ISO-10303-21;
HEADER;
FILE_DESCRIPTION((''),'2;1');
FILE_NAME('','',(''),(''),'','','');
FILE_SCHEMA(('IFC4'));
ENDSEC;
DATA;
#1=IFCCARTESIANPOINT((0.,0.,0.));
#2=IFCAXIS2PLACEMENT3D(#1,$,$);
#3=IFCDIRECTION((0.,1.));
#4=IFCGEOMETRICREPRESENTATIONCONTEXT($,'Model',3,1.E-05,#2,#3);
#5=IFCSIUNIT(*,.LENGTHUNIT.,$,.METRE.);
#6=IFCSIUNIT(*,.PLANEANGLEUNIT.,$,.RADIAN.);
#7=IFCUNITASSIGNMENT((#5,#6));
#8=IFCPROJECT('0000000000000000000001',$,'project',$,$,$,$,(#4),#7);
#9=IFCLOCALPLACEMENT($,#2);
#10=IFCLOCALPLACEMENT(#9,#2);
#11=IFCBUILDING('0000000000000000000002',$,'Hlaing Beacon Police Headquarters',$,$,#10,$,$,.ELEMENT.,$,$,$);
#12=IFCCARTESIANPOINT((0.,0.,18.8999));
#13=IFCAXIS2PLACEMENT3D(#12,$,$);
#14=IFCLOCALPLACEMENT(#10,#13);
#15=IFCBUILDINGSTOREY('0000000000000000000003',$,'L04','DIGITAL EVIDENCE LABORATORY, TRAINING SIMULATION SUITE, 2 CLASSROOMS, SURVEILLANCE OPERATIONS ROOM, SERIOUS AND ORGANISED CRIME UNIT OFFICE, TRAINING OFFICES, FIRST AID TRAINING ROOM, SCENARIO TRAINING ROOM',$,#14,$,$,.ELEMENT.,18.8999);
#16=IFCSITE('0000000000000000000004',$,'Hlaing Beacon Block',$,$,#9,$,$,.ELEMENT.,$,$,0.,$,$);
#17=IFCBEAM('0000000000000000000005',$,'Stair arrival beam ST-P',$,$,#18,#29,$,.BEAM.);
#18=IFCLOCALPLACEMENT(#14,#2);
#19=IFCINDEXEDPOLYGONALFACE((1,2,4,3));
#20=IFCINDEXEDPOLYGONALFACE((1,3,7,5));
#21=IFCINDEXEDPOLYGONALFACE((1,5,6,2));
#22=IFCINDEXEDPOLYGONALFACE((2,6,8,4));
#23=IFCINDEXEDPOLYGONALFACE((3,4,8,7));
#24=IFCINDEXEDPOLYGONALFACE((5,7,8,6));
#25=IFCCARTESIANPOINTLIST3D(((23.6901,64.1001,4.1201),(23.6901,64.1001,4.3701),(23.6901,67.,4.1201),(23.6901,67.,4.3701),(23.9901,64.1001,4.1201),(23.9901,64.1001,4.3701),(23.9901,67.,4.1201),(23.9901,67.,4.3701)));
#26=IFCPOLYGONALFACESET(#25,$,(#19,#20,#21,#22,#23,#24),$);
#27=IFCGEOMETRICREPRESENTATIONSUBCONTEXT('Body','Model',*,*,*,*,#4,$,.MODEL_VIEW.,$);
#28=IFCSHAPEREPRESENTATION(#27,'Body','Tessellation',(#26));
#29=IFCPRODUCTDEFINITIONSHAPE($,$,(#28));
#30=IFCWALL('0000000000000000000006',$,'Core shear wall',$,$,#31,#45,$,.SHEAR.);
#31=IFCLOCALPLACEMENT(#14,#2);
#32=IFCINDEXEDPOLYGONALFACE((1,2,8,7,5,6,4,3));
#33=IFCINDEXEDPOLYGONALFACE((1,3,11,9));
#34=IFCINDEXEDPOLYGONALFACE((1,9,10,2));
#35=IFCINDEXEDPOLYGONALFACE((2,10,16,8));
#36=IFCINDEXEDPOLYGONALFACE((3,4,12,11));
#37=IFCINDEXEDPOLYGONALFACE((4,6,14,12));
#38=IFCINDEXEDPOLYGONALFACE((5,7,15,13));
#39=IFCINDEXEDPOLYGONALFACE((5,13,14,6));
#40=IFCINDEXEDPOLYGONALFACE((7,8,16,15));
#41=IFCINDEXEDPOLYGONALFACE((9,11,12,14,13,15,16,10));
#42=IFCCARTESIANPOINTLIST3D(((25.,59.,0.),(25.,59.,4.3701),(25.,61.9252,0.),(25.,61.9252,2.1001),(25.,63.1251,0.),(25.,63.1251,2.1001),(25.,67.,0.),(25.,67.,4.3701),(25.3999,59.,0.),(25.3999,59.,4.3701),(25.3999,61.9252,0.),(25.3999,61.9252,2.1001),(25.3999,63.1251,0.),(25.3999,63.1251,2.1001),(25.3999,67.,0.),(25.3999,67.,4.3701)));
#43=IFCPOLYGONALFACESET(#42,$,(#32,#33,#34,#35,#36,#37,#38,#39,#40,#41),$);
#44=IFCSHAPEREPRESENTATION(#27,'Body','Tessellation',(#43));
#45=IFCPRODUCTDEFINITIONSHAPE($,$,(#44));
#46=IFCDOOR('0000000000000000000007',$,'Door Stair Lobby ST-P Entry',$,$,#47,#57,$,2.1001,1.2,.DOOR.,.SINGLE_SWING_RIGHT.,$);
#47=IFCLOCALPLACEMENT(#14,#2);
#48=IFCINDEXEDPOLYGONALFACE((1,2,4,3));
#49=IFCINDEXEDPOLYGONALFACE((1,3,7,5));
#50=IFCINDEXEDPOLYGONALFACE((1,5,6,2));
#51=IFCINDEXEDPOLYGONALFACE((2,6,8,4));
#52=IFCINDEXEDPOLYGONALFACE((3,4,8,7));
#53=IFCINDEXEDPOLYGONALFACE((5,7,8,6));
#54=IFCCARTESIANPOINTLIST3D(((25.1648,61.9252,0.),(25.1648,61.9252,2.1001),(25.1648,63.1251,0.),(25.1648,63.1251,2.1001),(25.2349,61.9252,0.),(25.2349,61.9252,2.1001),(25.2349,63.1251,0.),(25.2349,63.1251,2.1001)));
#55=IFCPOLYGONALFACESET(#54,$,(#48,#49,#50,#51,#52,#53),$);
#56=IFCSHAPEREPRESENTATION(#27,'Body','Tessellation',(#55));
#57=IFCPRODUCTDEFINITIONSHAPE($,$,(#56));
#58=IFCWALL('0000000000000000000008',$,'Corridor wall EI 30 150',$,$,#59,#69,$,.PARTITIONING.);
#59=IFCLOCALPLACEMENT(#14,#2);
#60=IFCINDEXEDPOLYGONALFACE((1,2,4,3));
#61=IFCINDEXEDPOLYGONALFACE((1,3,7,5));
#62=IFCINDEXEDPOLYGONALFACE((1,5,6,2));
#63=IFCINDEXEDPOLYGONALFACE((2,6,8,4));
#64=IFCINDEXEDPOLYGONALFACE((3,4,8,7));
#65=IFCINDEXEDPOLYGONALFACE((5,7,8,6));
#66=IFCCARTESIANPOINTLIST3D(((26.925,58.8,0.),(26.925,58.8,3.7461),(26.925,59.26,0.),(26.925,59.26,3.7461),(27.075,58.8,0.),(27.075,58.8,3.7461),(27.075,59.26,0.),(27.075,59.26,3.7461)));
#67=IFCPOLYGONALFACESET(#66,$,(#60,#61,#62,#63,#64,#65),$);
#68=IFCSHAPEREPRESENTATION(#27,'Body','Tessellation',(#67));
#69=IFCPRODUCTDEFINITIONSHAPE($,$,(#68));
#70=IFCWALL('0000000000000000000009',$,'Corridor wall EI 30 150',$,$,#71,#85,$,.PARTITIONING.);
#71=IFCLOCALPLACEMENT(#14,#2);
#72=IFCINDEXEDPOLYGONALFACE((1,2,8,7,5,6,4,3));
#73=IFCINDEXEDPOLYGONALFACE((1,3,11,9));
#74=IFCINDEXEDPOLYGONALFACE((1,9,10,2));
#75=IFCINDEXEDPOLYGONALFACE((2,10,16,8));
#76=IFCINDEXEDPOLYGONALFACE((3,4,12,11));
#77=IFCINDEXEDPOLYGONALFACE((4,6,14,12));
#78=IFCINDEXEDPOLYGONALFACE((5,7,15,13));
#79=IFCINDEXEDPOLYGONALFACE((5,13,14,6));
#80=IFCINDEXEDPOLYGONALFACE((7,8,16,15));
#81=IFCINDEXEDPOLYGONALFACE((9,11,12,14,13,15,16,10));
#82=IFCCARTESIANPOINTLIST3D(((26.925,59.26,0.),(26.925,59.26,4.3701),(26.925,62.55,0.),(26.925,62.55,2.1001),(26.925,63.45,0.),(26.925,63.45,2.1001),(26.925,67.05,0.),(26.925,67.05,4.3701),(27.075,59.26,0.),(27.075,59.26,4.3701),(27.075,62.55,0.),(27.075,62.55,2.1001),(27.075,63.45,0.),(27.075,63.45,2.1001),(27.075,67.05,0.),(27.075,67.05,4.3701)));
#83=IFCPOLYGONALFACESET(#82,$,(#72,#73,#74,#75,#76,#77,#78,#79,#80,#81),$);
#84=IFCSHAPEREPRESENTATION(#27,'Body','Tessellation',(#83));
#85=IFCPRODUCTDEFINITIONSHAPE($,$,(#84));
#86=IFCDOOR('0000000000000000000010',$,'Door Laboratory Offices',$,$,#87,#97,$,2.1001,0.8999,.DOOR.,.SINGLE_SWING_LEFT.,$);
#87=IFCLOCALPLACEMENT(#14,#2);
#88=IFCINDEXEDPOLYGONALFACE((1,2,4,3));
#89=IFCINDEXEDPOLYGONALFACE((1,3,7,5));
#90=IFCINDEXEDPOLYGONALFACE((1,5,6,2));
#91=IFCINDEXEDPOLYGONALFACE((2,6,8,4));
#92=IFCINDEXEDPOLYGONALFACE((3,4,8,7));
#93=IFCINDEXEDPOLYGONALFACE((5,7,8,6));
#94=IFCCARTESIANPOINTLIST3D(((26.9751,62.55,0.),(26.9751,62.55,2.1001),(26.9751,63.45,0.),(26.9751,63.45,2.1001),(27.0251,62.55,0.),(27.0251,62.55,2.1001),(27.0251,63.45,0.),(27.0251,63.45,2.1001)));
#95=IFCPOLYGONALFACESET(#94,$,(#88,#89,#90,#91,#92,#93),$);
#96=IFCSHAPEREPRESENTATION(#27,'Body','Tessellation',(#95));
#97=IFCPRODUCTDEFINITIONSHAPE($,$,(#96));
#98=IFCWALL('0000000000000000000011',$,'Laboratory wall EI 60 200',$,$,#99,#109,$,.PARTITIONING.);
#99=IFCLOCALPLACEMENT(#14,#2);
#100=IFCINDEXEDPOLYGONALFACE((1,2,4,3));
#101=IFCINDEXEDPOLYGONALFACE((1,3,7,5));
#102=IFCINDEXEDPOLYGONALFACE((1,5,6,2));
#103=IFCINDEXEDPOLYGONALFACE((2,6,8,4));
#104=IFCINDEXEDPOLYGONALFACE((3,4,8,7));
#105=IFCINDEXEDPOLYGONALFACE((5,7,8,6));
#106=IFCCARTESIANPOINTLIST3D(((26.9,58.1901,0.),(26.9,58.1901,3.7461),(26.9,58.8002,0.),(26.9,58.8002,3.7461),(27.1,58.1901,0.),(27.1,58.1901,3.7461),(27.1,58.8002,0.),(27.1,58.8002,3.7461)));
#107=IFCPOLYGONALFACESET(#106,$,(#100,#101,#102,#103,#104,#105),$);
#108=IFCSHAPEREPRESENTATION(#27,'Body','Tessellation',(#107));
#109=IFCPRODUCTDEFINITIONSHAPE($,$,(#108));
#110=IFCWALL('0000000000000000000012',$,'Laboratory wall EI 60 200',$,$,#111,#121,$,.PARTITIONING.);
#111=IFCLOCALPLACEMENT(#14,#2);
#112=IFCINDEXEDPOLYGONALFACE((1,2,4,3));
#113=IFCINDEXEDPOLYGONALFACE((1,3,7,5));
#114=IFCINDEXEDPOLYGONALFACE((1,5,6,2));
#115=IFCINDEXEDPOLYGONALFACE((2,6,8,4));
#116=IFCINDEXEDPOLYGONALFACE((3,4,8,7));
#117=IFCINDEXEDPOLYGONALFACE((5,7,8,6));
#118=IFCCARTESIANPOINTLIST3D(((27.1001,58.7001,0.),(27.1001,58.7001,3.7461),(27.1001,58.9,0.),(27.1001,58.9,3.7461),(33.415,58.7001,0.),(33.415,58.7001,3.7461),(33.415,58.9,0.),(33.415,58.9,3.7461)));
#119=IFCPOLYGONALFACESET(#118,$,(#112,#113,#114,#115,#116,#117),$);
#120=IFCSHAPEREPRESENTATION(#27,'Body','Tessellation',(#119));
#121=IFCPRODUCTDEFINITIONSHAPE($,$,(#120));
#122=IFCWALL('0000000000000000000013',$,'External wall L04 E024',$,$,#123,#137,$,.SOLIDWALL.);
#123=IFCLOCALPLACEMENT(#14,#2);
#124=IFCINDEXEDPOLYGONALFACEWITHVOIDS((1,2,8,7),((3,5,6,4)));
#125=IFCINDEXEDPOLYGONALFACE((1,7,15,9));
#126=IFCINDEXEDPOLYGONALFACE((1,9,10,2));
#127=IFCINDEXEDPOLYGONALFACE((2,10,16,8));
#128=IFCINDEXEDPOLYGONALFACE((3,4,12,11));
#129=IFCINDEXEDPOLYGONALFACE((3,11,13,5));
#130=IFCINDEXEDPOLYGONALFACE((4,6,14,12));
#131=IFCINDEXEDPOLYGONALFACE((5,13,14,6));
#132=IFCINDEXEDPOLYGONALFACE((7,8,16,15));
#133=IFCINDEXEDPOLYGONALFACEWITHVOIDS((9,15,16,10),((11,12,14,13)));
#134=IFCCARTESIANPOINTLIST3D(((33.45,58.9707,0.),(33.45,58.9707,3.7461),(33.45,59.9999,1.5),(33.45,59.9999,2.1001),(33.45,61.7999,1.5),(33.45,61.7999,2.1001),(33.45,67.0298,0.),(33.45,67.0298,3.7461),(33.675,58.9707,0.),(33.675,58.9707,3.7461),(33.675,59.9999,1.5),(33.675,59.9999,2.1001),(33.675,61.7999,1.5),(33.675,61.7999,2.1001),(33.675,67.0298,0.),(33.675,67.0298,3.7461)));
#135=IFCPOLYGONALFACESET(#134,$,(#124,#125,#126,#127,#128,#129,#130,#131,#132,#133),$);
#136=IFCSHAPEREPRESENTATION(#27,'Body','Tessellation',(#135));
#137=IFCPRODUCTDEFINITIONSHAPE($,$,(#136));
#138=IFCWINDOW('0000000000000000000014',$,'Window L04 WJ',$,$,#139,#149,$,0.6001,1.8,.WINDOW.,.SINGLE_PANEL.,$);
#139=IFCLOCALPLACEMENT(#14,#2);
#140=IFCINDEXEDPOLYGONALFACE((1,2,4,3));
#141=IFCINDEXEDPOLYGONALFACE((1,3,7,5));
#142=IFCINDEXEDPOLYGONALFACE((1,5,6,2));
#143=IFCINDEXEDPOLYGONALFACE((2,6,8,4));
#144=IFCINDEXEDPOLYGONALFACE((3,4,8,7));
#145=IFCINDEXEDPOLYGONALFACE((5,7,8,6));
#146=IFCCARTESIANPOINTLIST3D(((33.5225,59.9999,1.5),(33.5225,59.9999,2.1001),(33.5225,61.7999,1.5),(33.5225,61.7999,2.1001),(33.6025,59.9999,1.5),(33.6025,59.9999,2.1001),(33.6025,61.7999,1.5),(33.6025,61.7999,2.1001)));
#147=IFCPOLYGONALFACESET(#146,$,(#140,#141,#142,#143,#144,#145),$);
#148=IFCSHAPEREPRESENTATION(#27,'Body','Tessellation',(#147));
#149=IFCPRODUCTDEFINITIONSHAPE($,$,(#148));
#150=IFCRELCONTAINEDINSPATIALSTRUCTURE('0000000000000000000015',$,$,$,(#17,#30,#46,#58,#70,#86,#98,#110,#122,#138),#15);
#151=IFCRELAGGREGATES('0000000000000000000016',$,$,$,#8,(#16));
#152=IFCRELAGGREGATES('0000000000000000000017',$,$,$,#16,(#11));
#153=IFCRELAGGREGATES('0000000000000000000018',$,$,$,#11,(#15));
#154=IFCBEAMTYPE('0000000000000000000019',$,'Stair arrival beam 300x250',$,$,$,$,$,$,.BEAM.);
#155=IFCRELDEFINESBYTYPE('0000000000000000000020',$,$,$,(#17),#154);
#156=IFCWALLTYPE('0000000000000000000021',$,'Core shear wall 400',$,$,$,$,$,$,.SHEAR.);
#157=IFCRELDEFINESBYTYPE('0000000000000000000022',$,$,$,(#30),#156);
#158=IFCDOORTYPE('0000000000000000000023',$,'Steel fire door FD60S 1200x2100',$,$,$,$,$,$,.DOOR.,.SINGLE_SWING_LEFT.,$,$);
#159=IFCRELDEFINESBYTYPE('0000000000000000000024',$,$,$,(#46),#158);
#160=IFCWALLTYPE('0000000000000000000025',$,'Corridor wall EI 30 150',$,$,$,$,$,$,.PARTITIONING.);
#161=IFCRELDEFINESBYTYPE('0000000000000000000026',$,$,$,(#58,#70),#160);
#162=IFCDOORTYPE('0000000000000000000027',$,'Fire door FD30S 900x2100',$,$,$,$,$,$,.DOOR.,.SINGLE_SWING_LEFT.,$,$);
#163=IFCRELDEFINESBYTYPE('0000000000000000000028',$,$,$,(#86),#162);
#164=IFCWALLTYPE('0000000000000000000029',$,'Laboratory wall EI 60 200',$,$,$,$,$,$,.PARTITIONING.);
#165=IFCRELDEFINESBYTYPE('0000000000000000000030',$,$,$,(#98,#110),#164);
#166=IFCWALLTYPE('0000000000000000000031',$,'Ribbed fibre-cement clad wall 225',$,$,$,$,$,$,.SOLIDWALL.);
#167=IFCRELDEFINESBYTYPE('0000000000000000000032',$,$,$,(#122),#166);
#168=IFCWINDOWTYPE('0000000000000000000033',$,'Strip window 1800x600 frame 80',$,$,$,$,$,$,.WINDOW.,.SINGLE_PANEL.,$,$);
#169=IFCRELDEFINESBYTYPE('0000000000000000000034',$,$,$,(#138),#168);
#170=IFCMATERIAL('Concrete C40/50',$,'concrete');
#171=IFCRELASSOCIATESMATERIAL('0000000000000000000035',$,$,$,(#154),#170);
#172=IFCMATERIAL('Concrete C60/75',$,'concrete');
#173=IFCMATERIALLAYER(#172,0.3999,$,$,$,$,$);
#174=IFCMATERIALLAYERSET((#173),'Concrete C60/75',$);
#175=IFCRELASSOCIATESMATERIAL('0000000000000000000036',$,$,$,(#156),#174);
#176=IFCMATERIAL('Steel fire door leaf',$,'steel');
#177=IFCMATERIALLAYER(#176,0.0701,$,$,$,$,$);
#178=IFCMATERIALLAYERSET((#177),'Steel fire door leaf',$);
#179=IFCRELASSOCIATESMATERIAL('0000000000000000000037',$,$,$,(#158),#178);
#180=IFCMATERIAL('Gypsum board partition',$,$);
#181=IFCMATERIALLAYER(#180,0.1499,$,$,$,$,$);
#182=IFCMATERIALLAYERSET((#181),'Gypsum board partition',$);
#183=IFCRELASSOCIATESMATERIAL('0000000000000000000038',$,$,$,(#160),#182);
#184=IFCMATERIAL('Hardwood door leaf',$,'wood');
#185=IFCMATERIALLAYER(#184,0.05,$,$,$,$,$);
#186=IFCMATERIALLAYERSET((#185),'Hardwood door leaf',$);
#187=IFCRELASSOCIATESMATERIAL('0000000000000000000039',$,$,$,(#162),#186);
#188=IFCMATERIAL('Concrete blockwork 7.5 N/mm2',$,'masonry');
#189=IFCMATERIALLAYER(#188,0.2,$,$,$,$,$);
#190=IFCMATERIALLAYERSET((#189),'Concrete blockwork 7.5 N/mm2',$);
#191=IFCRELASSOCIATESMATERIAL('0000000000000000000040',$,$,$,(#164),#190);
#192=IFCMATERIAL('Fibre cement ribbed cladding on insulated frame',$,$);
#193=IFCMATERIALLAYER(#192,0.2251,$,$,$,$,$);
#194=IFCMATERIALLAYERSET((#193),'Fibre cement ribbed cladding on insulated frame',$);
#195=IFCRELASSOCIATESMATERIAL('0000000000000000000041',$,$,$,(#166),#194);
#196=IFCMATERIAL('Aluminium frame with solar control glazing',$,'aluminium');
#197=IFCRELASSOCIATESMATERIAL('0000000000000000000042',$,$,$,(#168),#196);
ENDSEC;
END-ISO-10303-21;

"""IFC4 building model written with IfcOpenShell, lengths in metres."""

from ifc_helpers import new_model, si_unit, direction, frame, frame_2d, origin, origin_2d, place, context, subcontext, project, spatial, rectangle, extrude, material, layer, layer_set, material_profile, profile_set, type_object, element, fill, save


model = new_model("IFC4")

# Units and contexts
model_context = context("Model", 3, precision=1e-05, world=origin(), true_north=direction((0.0, 1.0)))
body_context = subcontext(model_context, "Body", "Model", "MODEL_VIEW")
ifc_project = project(units=[si_unit("LENGTHUNIT", "METRE"), si_unit("PLANEANGLEUNIT", "RADIAN")], contexts=[model_context])

# Site, building, storey
site_placement = place(None, origin())
site = spatial("IfcSite", under=ifc_project, at=site_placement, Name="Hlaing Beacon Block", CompositionType="ELEMENT", RefElevation=0.0)
building_placement = place(site_placement, origin())
building = spatial("IfcBuilding", under=site, at=building_placement, Name="Hlaing Beacon Police Headquarters", CompositionType="ELEMENT")
storey_placement = place(building_placement, frame((0.0, 0.0, 18.8999)))
storey = spatial("IfcBuildingStorey", under=building, at=storey_placement, Name="L04", Description="DIGITAL EVIDENCE LABORATORY, TRAINING SIMULATION SUITE, 2 CLASSROOMS, SURVEILLANCE OPERATIONS ROOM, SERIOUS AND ORGANISED CRIME UNIT OFFICE, TRAINING OFFICES, FIRST AID TRAINING ROOM, SCENARIO TRAINING ROOM", CompositionType="ELEMENT", Elevation=18.8999)

# Beam
ifc_material_1 = material(Name="Concrete C40/50", Category="concrete")
ifc_material_profile_1 = material_profile(ifc_material_1, rectangle(XDim=0.3, YDim=0.25, at=origin_2d()), Name="Stair arrival beam 300x250")
ifc_profile_set_1 = profile_set([ifc_material_profile_1], Name="Concrete C40/50")
beam_type_1 = type_object("IfcBeamType", Name="Stair arrival beam 300x250", PredefinedType="BEAM", material=ifc_profile_set_1)
beam_1_placement = place(storey_placement, frame((23.8401, 67.0, 4.2451), z_axis=(0.0, -1.0, 0.0), x_axis=(1.0, 0.0, 0.0)))
element("IfcBeam", 1, at=beam_1_placement, inside=storey, type_object=beam_type_1, Name="Stair arrival beam ST-P", PredefinedType="BEAM", context=body_context, shape_type="SweptSolid", body=[
    extrude(rectangle(XDim=0.3, YDim=0.25, at=origin_2d()), origin(), (0.0, 0.0, 1.0), 2.8999),
])

# Wall, opening, door
ifc_material_2 = material(Name="Concrete C60/75", Category="concrete")
ifc_layer_1 = layer(ifc_material_2, 0.3999)
ifc_layer_set_1 = layer_set([ifc_layer_1], Name="Concrete C60/75")
wall_type_1 = type_object("IfcWallType", Name="Core shear wall 400", PredefinedType="SHEAR", material=ifc_layer_set_1)
wall_1_placement = place(storey_placement, frame((25.2, 59.0, 0.0), z_axis=(0.0, 0.0, 1.0), x_axis=(0.0, 1.0, 0.0)))
wall_1 = element("IfcWall", 2, at=wall_1_placement, inside=storey, type_object=wall_type_1, Name="Core shear wall", PredefinedType="SHEAR", context=body_context, shape_type="SweptSolid", body=[
    extrude(rectangle(XDim=8.0, YDim=0.3999, at=frame_2d((4.0, 0.0))), origin(), (0.0, 0.0, 1.0), 4.3701),
])
opening_1_placement = place(wall_1_placement, frame((2.925, 0.0, 0.0)))
opening_1 = element("IfcOpeningElement", 3, at=opening_1_placement, cuts=wall_1, PredefinedType="OPENING", context=body_context, shape_type="SweptSolid", body=[
    extrude(rectangle(XDim=1.2, YDim=2.1001, at=frame_2d((0.6001, 1.05))), frame((0.0, 0.21, 0.0), z_axis=(0.0, -1.0, 0.0), x_axis=(1.0, 0.0, 0.0)), (0.0, 0.0, 1.0), 0.4199),
])
ifc_material_3 = material(Name="Steel fire door leaf", Category="steel")
ifc_layer_2 = layer(ifc_material_3, 0.0701)
ifc_layer_set_2 = layer_set([ifc_layer_2], Name="Steel fire door leaf")
door_type_1 = type_object("IfcDoorType", Name="Steel fire door FD60S 1200x2100", OperationType="SINGLE_SWING_LEFT", PredefinedType="DOOR", material=ifc_layer_set_2)
door_1_placement = place(opening_1_placement, origin())
door_1 = element("IfcDoor", 4, at=door_1_placement, inside=storey, type_object=door_type_1, Name="Door Stair Lobby ST-P Entry", OperationType="SINGLE_SWING_RIGHT", OverallHeight=2.1001, OverallWidth=1.2, PredefinedType="DOOR", context=body_context, shape_type="SweptSolid", body=[
    extrude(rectangle(XDim=1.2, YDim=2.1001, at=frame_2d((0.6001, 1.05))), frame((0.0, 0.0352, 0.0), z_axis=(0.0, -1.0, 0.0), x_axis=(1.0, 0.0, 0.0)), (0.0, 0.0, 1.0), 0.0701),
])
fill(opening_1, door_1)

# Wall
ifc_material_4 = material(Name="Gypsum board partition")
ifc_layer_3 = layer(ifc_material_4, 0.1499)
ifc_layer_set_3 = layer_set([ifc_layer_3], Name="Gypsum board partition")
wall_type_2 = type_object("IfcWallType", Name="Corridor wall EI 30 150", PredefinedType="PARTITIONING", material=ifc_layer_set_3)
wall_2_placement = place(storey_placement, frame((27.0, 58.8, 0.0), z_axis=(0.0, 0.0, 1.0), x_axis=(0.0, 1.0, 0.0)))
element("IfcWall", 5, at=wall_2_placement, inside=storey, type_object=wall_type_2, Name="Corridor wall EI 30 150", PredefinedType="PARTITIONING", context=body_context, shape_type="SweptSolid", body=[
    extrude(rectangle(XDim=0.46, YDim=0.1499, at=frame_2d((0.23, 0.0))), origin(), (0.0, 0.0, 1.0), 3.7461),
])

# Wall, opening, door
wall_3_placement = place(storey_placement, frame((27.0, 59.26, 0.0), z_axis=(0.0, 0.0, 1.0), x_axis=(0.0, 1.0, 0.0)))
wall_3 = element("IfcWall", 6, at=wall_3_placement, inside=storey, type_object=wall_type_2, Name="Corridor wall EI 30 150", PredefinedType="PARTITIONING", context=body_context, shape_type="SweptSolid", body=[
    extrude(rectangle(XDim=7.79, YDim=0.1499, at=frame_2d((3.895, 0.0))), origin(), (0.0, 0.0, 1.0), 4.3701),
])
opening_2_placement = place(wall_3_placement, frame((3.29, 0.0, 0.0)))
opening_2 = element("IfcOpeningElement", 7, at=opening_2_placement, cuts=wall_3, PredefinedType="OPENING", context=body_context, shape_type="SweptSolid", body=[
    extrude(rectangle(XDim=0.8999, YDim=2.1001, at=frame_2d((0.45, 1.05))), frame((0.0, 0.085, 0.0), z_axis=(0.0, -1.0, 0.0), x_axis=(1.0, 0.0, 0.0)), (0.0, 0.0, 1.0), 0.1699),
])
ifc_material_5 = material(Name="Hardwood door leaf", Category="wood")
ifc_layer_4 = layer(ifc_material_5, 0.05)
ifc_layer_set_4 = layer_set([ifc_layer_4], Name="Hardwood door leaf")
door_type_2 = type_object("IfcDoorType", Name="Fire door FD30S 900x2100", OperationType="SINGLE_SWING_LEFT", PredefinedType="DOOR", material=ifc_layer_set_4)
door_2_placement = place(opening_2_placement, frame((0.8999, 0.0, 0.0), z_axis=(0.0, 0.0, 1.0), x_axis=(-1.0, 0.0, 0.0)))
door_2 = element("IfcDoor", 8, at=door_2_placement, inside=storey, type_object=door_type_2, Name="Door Laboratory Offices", OperationType="SINGLE_SWING_LEFT", OverallHeight=2.1001, OverallWidth=0.8999, PredefinedType="DOOR", context=body_context, shape_type="SweptSolid", body=[
    extrude(rectangle(XDim=0.8999, YDim=2.1001, at=frame_2d((0.45, 1.05))), frame((0.0, 0.0251, 0.0), z_axis=(0.0, -1.0, 0.0), x_axis=(1.0, 0.0, 0.0)), (0.0, 0.0, 1.0), 0.05),
])
fill(opening_2, door_2)

# Walls
ifc_material_6 = material(Name="Concrete blockwork 7.5 N/mm2", Category="masonry")
ifc_layer_5 = layer(ifc_material_6, 0.2)
ifc_layer_set_5 = layer_set([ifc_layer_5], Name="Concrete blockwork 7.5 N/mm2")
wall_type_3 = type_object("IfcWallType", Name="Laboratory wall EI 60 200", PredefinedType="PARTITIONING", material=ifc_layer_set_5)
wall_4_placement = place(storey_placement, frame((27.0, 58.1899, 0.0), z_axis=(0.0, 0.0, 1.0), x_axis=(0.0, 1.0, 0.0)))
element("IfcWall", 9, at=wall_4_placement, inside=storey, type_object=wall_type_3, Name="Laboratory wall EI 60 200", PredefinedType="PARTITIONING", context=body_context, shape_type="SweptSolid", body=[
    extrude(rectangle(XDim=0.6101, YDim=0.2, at=frame_2d((0.3052, 0.0))), origin(), (0.0, 0.0, 1.0), 3.7461),
])
wall_5_placement = place(storey_placement, frame((27.1001, 58.8, 0.0), z_axis=(0.0, 0.0, 1.0), x_axis=(1.0, 0.0, 0.0)))
element("IfcWall", 10, at=wall_5_placement, inside=storey, type_object=wall_type_3, Name="Laboratory wall EI 60 200", PredefinedType="PARTITIONING", context=body_context, shape_type="SweptSolid", body=[
    extrude(rectangle(XDim=6.3149, YDim=0.2, at=frame_2d((3.1575, 0.0))), origin(), (0.0, 0.0, 1.0), 3.7461),
])

# Wall, opening, window
ifc_material_7 = material(Name="Fibre cement ribbed cladding on insulated frame")
ifc_layer_6 = layer(ifc_material_7, 0.2251)
ifc_layer_set_6 = layer_set([ifc_layer_6], Name="Fibre cement ribbed cladding on insulated frame")
wall_type_4 = type_object("IfcWallType", Name="Ribbed fibre-cement clad wall 225", PredefinedType="SOLIDWALL", material=ifc_layer_set_6)
wall_6_placement = place(storey_placement, frame((33.5625, 58.9707, 0.0), z_axis=(0.0, 0.0, 1.0), x_axis=(0.0, 1.0, 0.0)))
wall_6 = element("IfcWall", 11, at=wall_6_placement, inside=storey, type_object=wall_type_4, Name="External wall L04 E024", PredefinedType="SOLIDWALL", context=body_context, shape_type="SweptSolid", body=[
    extrude(rectangle(XDim=8.0591, YDim=0.2251, at=frame_2d((4.0295, 0.0))), origin(), (0.0, 0.0, 1.0), 3.7461),
])
opening_3_placement = place(wall_6_placement, frame((1.0293, 0.0, 1.5)))
opening_3 = element("IfcOpeningElement", 12, at=opening_3_placement, cuts=wall_6, PredefinedType="OPENING", context=body_context, shape_type="SweptSolid", body=[
    extrude(rectangle(XDim=1.8, YDim=0.6001, at=frame_2d((0.8999, 0.3))), frame((0.0, 0.1226, 0.0), z_axis=(0.0, -1.0, 0.0), x_axis=(1.0, 0.0, 0.0)), (0.0, 0.0, 1.0), 0.2451),
])
ifc_material_8 = material(Name="Aluminium frame with solar control glazing", Category="aluminium")
window_type = type_object("IfcWindowType", Name="Strip window 1800x600 frame 80", PartitioningType="SINGLE_PANEL", PredefinedType="WINDOW", material=ifc_material_8)
window_placement = place(opening_3_placement, origin())
window = element("IfcWindow", 13, at=window_placement, inside=storey, type_object=window_type, Name="Window L04 WJ", OverallHeight=0.6001, OverallWidth=1.8, PartitioningType="SINGLE_PANEL", PredefinedType="WINDOW", context=body_context, shape_type="SweptSolid", body=[
    extrude(rectangle(XDim=1.8, YDim=0.6001, at=frame_2d((0.8999, 0.3))), frame((0.0, 0.04, 0.0), z_axis=(0.0, -1.0, 0.0), x_axis=(1.0, 0.0, 0.0)), (0.0, 0.0, 1.0), 0.0801),
])
fill(opening_3, window)

save(model, "model.ifc")
